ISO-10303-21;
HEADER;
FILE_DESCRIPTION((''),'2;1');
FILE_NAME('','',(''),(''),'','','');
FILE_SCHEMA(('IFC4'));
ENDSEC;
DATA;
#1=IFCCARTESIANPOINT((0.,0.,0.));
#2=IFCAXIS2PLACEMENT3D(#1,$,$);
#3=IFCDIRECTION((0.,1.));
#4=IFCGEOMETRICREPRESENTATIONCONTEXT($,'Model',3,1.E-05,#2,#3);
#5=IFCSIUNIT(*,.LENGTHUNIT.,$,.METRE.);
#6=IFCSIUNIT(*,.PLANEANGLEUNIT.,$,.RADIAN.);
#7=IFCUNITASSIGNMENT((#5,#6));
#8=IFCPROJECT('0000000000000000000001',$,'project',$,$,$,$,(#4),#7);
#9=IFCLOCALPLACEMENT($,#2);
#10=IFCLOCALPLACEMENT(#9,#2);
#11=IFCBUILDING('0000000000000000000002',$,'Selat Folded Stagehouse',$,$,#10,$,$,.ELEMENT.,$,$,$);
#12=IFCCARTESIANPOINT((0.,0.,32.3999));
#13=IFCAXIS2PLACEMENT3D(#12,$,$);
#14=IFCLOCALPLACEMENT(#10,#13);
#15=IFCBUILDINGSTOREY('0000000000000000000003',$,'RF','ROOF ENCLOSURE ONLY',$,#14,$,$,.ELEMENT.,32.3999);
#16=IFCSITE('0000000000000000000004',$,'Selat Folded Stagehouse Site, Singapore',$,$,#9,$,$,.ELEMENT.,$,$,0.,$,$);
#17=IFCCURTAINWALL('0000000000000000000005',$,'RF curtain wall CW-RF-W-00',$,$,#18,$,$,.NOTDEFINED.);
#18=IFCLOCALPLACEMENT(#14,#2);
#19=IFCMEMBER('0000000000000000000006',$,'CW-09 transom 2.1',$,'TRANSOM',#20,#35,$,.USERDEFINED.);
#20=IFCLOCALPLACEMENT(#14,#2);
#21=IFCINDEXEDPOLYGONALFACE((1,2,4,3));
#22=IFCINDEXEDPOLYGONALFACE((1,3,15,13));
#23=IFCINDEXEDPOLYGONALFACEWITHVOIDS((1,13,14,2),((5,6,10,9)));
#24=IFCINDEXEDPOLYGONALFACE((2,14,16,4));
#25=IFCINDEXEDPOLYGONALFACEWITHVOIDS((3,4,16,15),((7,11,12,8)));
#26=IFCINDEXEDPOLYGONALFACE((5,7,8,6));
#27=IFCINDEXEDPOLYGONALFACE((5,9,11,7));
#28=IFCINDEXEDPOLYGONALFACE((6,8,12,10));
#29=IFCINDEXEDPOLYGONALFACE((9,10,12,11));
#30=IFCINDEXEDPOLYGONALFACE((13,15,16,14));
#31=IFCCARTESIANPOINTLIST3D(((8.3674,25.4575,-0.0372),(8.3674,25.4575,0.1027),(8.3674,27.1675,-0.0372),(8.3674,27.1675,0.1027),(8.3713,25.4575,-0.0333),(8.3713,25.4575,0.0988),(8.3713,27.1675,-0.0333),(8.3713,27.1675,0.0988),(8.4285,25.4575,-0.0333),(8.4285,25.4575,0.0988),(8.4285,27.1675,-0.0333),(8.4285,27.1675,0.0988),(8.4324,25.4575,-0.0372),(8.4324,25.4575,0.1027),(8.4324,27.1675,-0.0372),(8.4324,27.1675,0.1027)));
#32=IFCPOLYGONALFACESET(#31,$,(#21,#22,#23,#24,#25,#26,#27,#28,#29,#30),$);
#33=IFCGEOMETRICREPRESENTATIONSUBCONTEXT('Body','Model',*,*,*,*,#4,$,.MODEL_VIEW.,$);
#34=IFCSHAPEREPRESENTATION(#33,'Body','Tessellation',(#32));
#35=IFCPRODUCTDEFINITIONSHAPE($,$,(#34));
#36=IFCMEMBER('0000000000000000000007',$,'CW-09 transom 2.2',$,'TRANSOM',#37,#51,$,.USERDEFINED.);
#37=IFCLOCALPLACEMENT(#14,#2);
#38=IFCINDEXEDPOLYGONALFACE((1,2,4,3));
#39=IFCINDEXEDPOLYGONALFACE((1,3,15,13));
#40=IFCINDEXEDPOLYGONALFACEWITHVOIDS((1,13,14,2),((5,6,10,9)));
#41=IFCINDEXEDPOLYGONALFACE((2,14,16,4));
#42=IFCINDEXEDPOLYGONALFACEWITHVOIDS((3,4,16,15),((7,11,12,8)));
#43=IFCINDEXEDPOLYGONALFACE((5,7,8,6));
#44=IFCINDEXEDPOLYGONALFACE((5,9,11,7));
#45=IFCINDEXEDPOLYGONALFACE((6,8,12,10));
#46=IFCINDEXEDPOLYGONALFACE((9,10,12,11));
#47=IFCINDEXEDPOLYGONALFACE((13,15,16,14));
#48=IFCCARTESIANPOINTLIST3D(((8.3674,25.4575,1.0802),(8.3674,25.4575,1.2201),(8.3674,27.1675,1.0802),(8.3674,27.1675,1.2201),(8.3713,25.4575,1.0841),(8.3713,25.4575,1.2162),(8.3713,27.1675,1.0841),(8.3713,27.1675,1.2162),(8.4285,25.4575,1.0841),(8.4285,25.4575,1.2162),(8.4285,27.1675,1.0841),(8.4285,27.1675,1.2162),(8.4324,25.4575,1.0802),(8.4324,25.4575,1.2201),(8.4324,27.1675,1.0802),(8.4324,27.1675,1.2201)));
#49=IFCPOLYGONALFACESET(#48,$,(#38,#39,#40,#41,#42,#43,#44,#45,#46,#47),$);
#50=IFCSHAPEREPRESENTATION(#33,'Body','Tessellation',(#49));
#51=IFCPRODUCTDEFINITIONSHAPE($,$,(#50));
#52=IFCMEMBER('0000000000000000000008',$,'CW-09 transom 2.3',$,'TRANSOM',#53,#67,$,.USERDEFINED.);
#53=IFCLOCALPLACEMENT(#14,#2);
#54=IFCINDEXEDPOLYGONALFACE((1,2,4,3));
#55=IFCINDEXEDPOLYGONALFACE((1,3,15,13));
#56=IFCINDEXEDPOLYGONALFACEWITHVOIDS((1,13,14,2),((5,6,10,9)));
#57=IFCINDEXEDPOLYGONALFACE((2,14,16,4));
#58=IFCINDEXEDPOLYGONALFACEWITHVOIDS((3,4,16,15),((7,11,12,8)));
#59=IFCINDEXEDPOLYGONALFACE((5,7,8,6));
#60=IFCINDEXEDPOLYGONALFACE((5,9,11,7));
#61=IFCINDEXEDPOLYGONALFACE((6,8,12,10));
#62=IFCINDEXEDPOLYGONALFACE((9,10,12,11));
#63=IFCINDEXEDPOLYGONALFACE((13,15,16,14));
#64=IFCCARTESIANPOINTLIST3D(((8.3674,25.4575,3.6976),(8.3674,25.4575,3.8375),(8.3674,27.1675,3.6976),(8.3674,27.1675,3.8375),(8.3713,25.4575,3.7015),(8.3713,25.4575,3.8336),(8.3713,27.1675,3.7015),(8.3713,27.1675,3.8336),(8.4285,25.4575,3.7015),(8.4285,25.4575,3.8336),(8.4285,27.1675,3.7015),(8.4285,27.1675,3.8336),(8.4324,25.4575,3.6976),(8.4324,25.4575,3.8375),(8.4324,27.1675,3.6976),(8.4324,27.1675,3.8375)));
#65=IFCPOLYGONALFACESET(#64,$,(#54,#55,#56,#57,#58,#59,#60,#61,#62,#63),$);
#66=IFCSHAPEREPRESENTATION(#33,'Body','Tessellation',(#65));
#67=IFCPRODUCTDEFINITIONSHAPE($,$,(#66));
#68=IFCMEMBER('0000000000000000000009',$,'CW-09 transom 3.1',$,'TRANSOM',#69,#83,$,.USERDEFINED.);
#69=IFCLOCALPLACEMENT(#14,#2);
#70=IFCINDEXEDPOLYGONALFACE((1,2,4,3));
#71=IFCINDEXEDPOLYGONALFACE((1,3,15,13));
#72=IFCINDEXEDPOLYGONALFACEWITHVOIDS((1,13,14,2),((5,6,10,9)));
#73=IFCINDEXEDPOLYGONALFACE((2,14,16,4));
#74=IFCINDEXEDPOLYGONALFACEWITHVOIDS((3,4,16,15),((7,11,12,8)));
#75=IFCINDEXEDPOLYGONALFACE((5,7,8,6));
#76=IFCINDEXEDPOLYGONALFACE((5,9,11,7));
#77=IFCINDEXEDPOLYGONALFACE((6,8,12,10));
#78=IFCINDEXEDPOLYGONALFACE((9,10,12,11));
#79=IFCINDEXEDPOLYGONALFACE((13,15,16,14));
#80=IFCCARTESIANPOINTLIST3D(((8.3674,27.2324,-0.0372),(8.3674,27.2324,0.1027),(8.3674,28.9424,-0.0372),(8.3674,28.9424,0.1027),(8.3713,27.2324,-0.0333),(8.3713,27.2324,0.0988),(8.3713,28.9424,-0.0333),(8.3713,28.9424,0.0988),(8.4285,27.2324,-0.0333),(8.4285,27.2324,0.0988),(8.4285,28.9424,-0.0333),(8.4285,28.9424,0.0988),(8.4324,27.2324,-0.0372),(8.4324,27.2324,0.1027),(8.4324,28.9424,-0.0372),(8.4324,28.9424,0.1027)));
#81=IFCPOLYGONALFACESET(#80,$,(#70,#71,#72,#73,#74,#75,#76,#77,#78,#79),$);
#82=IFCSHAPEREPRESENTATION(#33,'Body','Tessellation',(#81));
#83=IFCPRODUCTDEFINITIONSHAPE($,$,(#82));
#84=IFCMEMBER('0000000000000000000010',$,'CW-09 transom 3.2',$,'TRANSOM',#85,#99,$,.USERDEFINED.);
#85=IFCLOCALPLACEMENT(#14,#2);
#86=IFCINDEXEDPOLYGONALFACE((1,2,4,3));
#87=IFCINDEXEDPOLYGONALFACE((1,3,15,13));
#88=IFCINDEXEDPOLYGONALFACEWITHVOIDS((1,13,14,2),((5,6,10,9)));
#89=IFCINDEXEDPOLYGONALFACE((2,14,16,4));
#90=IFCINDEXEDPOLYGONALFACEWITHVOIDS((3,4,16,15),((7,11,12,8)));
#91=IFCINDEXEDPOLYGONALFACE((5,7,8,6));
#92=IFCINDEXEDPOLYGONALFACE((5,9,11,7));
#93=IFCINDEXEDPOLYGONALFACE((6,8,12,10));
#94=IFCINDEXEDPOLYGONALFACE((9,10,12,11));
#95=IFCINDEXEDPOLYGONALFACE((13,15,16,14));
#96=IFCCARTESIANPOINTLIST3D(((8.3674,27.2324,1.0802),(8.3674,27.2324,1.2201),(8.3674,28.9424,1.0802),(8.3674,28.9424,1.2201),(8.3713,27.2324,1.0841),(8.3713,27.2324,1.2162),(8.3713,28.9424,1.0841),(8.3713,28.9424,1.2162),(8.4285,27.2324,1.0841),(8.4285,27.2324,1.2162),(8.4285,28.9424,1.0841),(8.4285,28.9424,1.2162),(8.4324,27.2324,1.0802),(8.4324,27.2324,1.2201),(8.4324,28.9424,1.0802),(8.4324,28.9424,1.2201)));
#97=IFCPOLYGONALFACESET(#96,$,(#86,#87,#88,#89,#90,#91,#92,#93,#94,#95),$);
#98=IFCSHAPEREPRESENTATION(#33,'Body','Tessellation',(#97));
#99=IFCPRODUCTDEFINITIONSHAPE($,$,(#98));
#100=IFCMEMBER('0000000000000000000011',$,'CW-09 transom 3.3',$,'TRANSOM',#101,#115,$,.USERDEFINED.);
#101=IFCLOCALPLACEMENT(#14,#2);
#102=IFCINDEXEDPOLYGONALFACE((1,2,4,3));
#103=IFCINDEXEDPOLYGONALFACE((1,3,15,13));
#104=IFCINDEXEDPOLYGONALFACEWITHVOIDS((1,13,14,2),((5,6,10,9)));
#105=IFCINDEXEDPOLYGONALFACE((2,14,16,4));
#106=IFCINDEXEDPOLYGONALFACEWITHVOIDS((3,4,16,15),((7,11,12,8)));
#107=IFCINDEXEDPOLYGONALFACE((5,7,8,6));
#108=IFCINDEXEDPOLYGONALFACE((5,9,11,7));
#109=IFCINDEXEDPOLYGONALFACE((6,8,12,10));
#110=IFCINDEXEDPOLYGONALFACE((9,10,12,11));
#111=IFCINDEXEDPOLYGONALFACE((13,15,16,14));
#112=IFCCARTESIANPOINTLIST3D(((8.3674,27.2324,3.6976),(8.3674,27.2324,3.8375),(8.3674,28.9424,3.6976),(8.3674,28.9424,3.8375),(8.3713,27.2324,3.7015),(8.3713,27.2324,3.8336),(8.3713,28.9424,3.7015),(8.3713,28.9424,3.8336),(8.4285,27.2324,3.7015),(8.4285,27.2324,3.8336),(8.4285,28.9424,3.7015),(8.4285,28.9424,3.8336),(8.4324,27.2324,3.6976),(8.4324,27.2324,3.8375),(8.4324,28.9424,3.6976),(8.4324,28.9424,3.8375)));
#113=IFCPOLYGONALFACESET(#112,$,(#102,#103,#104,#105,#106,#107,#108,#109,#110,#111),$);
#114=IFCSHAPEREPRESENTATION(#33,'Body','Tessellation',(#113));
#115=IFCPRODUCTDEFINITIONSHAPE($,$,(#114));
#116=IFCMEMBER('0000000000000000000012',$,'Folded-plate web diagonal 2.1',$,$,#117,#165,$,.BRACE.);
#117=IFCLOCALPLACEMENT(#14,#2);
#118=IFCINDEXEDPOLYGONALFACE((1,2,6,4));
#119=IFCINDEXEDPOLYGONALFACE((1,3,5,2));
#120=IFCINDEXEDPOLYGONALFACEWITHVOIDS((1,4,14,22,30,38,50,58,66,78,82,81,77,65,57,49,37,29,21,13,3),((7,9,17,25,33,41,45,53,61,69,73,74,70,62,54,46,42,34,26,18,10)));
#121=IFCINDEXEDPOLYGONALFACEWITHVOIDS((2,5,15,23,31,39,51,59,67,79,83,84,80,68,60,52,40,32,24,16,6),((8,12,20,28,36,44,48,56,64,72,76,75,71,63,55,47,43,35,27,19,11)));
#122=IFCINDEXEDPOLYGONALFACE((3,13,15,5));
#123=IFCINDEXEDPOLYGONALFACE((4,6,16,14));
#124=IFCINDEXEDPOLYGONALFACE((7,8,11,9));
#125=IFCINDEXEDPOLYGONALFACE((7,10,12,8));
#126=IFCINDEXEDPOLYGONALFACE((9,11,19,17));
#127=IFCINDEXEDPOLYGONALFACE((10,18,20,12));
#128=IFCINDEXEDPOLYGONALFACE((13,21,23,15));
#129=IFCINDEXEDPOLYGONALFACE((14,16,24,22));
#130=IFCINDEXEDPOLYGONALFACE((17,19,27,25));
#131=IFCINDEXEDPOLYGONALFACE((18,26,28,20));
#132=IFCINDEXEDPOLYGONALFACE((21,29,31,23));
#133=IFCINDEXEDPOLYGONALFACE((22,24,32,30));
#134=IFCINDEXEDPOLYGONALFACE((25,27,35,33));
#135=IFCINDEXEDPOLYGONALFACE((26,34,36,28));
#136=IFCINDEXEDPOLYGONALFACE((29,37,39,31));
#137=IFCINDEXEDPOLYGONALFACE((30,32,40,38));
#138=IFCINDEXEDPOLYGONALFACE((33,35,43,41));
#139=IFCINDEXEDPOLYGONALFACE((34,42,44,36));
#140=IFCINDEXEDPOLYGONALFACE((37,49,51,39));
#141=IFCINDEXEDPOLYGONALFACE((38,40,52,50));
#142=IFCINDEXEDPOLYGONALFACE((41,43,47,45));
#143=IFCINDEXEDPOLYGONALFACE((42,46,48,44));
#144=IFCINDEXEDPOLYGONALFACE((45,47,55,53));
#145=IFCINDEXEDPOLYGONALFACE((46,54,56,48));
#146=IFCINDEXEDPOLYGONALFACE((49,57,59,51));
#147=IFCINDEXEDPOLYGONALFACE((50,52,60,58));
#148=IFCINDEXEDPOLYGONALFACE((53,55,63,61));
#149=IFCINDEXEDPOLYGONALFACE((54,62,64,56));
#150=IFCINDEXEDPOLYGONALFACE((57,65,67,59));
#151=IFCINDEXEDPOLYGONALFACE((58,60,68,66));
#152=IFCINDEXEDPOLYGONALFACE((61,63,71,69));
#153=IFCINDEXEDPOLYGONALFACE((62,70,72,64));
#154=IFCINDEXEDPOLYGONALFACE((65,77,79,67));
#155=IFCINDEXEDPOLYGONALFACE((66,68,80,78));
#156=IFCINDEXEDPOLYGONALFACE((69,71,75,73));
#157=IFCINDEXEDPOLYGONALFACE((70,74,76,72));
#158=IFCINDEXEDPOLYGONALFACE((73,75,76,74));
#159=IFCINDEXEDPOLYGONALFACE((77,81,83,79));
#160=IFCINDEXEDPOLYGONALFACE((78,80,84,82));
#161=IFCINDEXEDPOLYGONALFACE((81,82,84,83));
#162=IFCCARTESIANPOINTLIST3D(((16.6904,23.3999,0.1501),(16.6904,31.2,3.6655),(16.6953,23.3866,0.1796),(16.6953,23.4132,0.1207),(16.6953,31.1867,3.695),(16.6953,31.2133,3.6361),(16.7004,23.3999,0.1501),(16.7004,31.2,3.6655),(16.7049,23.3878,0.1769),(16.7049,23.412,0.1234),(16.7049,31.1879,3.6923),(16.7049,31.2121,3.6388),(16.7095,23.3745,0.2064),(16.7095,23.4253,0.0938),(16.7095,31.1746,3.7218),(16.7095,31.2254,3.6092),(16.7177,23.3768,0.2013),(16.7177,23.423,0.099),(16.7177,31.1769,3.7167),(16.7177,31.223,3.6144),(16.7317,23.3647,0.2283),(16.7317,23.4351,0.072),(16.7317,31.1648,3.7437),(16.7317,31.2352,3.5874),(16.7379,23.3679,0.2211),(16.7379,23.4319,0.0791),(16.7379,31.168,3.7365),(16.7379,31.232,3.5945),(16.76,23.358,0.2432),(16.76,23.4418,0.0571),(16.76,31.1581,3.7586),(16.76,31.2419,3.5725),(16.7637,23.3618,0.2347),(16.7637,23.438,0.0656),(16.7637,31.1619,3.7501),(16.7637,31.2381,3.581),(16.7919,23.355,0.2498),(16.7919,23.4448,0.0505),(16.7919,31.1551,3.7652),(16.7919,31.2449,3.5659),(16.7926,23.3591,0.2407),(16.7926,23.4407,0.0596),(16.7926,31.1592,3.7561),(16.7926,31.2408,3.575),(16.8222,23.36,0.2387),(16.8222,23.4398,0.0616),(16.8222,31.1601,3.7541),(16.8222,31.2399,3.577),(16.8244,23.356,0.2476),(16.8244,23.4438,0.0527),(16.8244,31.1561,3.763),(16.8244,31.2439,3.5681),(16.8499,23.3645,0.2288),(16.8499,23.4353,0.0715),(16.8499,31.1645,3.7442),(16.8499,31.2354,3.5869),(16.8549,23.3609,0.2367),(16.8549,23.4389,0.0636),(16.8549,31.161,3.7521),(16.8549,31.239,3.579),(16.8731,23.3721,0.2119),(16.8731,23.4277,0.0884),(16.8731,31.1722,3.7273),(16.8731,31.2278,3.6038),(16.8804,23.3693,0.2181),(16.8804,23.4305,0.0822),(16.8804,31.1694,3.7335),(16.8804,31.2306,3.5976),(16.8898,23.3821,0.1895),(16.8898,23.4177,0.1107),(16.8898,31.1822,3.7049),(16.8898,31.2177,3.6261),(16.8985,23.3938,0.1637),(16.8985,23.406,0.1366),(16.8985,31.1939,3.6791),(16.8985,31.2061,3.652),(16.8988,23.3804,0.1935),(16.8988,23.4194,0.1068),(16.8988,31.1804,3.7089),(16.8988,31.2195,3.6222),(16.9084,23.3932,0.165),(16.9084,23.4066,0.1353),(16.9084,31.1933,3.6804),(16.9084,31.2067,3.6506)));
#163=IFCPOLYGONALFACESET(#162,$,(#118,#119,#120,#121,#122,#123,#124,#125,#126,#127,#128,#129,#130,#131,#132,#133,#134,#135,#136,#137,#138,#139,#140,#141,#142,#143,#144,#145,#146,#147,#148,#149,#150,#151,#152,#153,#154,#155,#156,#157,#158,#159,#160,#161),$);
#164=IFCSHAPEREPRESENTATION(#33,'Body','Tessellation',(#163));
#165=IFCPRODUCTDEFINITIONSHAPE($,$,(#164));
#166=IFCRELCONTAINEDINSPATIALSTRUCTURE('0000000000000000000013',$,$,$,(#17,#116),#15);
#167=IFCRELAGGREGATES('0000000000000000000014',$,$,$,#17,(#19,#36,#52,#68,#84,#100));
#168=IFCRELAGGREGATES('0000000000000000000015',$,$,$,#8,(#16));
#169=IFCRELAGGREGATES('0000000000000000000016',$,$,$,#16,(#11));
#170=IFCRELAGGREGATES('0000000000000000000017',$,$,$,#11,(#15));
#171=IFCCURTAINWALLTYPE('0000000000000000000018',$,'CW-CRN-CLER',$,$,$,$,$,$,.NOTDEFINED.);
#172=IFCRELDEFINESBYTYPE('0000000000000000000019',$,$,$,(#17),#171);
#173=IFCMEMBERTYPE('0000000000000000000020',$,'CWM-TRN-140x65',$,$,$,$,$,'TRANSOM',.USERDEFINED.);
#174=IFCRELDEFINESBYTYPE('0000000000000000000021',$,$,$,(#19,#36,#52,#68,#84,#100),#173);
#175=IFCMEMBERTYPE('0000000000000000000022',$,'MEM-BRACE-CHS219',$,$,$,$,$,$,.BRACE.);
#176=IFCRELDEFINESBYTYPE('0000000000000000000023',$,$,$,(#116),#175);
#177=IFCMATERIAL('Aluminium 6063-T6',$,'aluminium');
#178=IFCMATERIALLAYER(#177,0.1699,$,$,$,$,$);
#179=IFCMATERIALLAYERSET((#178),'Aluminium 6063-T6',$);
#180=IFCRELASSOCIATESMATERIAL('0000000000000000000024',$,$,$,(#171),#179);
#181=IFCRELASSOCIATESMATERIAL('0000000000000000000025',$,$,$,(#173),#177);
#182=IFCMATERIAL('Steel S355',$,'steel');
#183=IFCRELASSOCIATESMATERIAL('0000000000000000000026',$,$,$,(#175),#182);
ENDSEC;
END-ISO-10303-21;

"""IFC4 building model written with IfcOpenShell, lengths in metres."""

from ifc_helpers import new_model, si_unit, direction, frame, origin, origin_2d, place, context, subcontext, project, spatial, hollow_rectangle, hollow_circle, extrude, material, layer, layer_set, material_profile, profile_set, type_object, element, aggregate, save


model = new_model("IFC4")

# Units and contexts
model_context = context("Model", 3, precision=1e-05, world=origin(), true_north=direction((0.0, 1.0)))
body_context = subcontext(model_context, "Body", "Model", "MODEL_VIEW")
ifc_project = project(units=[si_unit("LENGTHUNIT", "METRE"), si_unit("PLANEANGLEUNIT", "RADIAN")], contexts=[model_context])

# Site, building, storey
site_placement = place(None, origin())
site = spatial("IfcSite", under=ifc_project, at=site_placement, Name="Selat Folded Stagehouse Site, Singapore", CompositionType="ELEMENT", RefElevation=0.0)
building_placement = place(site_placement, origin())
building = spatial("IfcBuilding", under=site, at=building_placement, Name="Selat Folded Stagehouse", CompositionType="ELEMENT")
storey_placement = place(building_placement, frame((0.0, 0.0, 32.3999)))
storey = spatial("IfcBuildingStorey", under=building, at=storey_placement, Name="RF", Description="ROOF ENCLOSURE ONLY", CompositionType="ELEMENT", Elevation=32.3999)

# Shared definitions
ifc_material_1 = material(Name="Steel S355", Category="steel")

# Curtain wall
ifc_material_2 = material(Name="Aluminium 6063-T6", Category="aluminium")
ifc_layer_1 = layer(ifc_material_2, 0.1699)
ifc_layer_set_1 = layer_set([ifc_layer_1], Name="Aluminium 6063-T6")
curtain_wall_type = type_object("IfcCurtainWallType", Name="CW-CRN-CLER", PredefinedType="NOTDEFINED", material=ifc_layer_set_1)
curtain_wall_1_placement = place(storey_placement, origin())
curtain_wall_1 = element("IfcCurtainWall", 1, at=curtain_wall_1_placement, inside=storey, type_object=curtain_wall_type, Name="RF curtain wall CW-RF-W-00", PredefinedType="NOTDEFINED")

# Members
ifc_material_profile_1 = material_profile(ifc_material_2, hollow_rectangle(XDim=0.0649, YDim=0.1399, WallThickness=0.0039, at=origin_2d()), Name="ALU 140x65x4.0")
ifc_profile_set_1 = profile_set([ifc_material_profile_1], Name="Aluminium 6063-T6")
member_type_1 = type_object("IfcMemberType", Name="CWM-TRN-140x65", ElementType="TRANSOM", PredefinedType="USERDEFINED", material=ifc_profile_set_1)
member_1_placement = place(storey_placement, frame((8.3999, 25.4575, 0.0327), z_axis=(0.0, 1.0, 0.0), x_axis=(-1.0, 0.0, 0.0)))
member_1 = element("IfcMember", 2, at=member_1_placement, type_object=member_type_1, Name="CW-09 transom 2.1", ObjectType="TRANSOM", PredefinedType="USERDEFINED", context=body_context, shape_type="SweptSolid", body=[
    extrude(hollow_rectangle(XDim=0.0649, YDim=0.1399, WallThickness=0.0039, at=origin_2d()), origin(), (0.0, 0.0, 1.0), 1.71),
])
member_2_placement = place(storey_placement, frame((8.3999, 25.4575, 1.1501), z_axis=(0.0, 1.0, 0.0), x_axis=(-1.0, 0.0, 0.0)))
member_2 = element("IfcMember", 3, at=member_2_placement, type_object=member_type_1, Name="CW-09 transom 2.2", ObjectType="TRANSOM", PredefinedType="USERDEFINED", context=body_context, shape_type="SweptSolid", body=[
    extrude(hollow_rectangle(XDim=0.0649, YDim=0.1399, WallThickness=0.0039, at=origin_2d()), origin(), (0.0, 0.0, 1.0), 1.71),
])
member_3_placement = place(storey_placement, frame((8.3999, 25.4575, 3.7676), z_axis=(0.0, 1.0, 0.0), x_axis=(-1.0, 0.0, 0.0)))
member_3 = element("IfcMember", 4, at=member_3_placement, type_object=member_type_1, Name="CW-09 transom 2.3", ObjectType="TRANSOM", PredefinedType="USERDEFINED", context=body_context, shape_type="SweptSolid", body=[
    extrude(hollow_rectangle(XDim=0.0649, YDim=0.1399, WallThickness=0.0039, at=origin_2d()), origin(), (0.0, 0.0, 1.0), 1.71),
])
member_4_placement = place(storey_placement, frame((8.3999, 27.2324, 0.0327), z_axis=(0.0, 1.0, 0.0), x_axis=(-1.0, 0.0, 0.0)))
member_4 = element("IfcMember", 5, at=member_4_placement, type_object=member_type_1, Name="CW-09 transom 3.1", ObjectType="TRANSOM", PredefinedType="USERDEFINED", context=body_context, shape_type="SweptSolid", body=[
    extrude(hollow_rectangle(XDim=0.0649, YDim=0.1399, WallThickness=0.0039, at=origin_2d()), origin(), (0.0, 0.0, 1.0), 1.71),
])
member_5_placement = place(storey_placement, frame((8.3999, 27.2324, 1.1501), z_axis=(0.0, 1.0, 0.0), x_axis=(-1.0, 0.0, 0.0)))
member_5 = element("IfcMember", 6, at=member_5_placement, type_object=member_type_1, Name="CW-09 transom 3.2", ObjectType="TRANSOM", PredefinedType="USERDEFINED", context=body_context, shape_type="SweptSolid", body=[
    extrude(hollow_rectangle(XDim=0.0649, YDim=0.1399, WallThickness=0.0039, at=origin_2d()), origin(), (0.0, 0.0, 1.0), 1.71),
])
member_6_placement = place(storey_placement, frame((8.3999, 27.2324, 3.7676), z_axis=(0.0, 1.0, 0.0), x_axis=(-1.0, 0.0, 0.0)))
member_6 = element("IfcMember", 7, at=member_6_placement, type_object=member_type_1, Name="CW-09 transom 3.3", ObjectType="TRANSOM", PredefinedType="USERDEFINED", context=body_context, shape_type="SweptSolid", body=[
    extrude(hollow_rectangle(XDim=0.0649, YDim=0.1399, WallThickness=0.0039, at=origin_2d()), origin(), (0.0, 0.0, 1.0), 1.71),
])

# Member
ifc_material_profile_2 = material_profile(ifc_material_1, hollow_circle(Radius=0.1096, WallThickness=0.01, at=origin_2d()), Name="CHS 219.1x10.0")
ifc_profile_set_2 = profile_set([ifc_material_profile_2], Name="Steel S355")
member_type_2 = type_object("IfcMemberType", Name="MEM-BRACE-CHS219", PredefinedType="BRACE", material=ifc_profile_set_2)
member_7_placement = place(storey_placement, frame((16.8, 23.3999, 0.1501), z_axis=(0.0, 0.911687, 0.410885), x_axis=(-1.0, 0.0, 0.0)))
element("IfcMember", 8, at=member_7_placement, inside=storey, type_object=member_type_2, Name="Folded-plate web diagonal 2.1", PredefinedType="BRACE", context=body_context, shape_type="SweptSolid", body=[
    extrude(hollow_circle(Radius=0.1096, WallThickness=0.01, at=origin_2d()), origin(), (0.0, 0.0, 1.0), 8.5557),
])

aggregate(curtain_wall_1, [member_1, member_2, member_3, member_4, member_5, member_6])

save(model, "model.ifc")
